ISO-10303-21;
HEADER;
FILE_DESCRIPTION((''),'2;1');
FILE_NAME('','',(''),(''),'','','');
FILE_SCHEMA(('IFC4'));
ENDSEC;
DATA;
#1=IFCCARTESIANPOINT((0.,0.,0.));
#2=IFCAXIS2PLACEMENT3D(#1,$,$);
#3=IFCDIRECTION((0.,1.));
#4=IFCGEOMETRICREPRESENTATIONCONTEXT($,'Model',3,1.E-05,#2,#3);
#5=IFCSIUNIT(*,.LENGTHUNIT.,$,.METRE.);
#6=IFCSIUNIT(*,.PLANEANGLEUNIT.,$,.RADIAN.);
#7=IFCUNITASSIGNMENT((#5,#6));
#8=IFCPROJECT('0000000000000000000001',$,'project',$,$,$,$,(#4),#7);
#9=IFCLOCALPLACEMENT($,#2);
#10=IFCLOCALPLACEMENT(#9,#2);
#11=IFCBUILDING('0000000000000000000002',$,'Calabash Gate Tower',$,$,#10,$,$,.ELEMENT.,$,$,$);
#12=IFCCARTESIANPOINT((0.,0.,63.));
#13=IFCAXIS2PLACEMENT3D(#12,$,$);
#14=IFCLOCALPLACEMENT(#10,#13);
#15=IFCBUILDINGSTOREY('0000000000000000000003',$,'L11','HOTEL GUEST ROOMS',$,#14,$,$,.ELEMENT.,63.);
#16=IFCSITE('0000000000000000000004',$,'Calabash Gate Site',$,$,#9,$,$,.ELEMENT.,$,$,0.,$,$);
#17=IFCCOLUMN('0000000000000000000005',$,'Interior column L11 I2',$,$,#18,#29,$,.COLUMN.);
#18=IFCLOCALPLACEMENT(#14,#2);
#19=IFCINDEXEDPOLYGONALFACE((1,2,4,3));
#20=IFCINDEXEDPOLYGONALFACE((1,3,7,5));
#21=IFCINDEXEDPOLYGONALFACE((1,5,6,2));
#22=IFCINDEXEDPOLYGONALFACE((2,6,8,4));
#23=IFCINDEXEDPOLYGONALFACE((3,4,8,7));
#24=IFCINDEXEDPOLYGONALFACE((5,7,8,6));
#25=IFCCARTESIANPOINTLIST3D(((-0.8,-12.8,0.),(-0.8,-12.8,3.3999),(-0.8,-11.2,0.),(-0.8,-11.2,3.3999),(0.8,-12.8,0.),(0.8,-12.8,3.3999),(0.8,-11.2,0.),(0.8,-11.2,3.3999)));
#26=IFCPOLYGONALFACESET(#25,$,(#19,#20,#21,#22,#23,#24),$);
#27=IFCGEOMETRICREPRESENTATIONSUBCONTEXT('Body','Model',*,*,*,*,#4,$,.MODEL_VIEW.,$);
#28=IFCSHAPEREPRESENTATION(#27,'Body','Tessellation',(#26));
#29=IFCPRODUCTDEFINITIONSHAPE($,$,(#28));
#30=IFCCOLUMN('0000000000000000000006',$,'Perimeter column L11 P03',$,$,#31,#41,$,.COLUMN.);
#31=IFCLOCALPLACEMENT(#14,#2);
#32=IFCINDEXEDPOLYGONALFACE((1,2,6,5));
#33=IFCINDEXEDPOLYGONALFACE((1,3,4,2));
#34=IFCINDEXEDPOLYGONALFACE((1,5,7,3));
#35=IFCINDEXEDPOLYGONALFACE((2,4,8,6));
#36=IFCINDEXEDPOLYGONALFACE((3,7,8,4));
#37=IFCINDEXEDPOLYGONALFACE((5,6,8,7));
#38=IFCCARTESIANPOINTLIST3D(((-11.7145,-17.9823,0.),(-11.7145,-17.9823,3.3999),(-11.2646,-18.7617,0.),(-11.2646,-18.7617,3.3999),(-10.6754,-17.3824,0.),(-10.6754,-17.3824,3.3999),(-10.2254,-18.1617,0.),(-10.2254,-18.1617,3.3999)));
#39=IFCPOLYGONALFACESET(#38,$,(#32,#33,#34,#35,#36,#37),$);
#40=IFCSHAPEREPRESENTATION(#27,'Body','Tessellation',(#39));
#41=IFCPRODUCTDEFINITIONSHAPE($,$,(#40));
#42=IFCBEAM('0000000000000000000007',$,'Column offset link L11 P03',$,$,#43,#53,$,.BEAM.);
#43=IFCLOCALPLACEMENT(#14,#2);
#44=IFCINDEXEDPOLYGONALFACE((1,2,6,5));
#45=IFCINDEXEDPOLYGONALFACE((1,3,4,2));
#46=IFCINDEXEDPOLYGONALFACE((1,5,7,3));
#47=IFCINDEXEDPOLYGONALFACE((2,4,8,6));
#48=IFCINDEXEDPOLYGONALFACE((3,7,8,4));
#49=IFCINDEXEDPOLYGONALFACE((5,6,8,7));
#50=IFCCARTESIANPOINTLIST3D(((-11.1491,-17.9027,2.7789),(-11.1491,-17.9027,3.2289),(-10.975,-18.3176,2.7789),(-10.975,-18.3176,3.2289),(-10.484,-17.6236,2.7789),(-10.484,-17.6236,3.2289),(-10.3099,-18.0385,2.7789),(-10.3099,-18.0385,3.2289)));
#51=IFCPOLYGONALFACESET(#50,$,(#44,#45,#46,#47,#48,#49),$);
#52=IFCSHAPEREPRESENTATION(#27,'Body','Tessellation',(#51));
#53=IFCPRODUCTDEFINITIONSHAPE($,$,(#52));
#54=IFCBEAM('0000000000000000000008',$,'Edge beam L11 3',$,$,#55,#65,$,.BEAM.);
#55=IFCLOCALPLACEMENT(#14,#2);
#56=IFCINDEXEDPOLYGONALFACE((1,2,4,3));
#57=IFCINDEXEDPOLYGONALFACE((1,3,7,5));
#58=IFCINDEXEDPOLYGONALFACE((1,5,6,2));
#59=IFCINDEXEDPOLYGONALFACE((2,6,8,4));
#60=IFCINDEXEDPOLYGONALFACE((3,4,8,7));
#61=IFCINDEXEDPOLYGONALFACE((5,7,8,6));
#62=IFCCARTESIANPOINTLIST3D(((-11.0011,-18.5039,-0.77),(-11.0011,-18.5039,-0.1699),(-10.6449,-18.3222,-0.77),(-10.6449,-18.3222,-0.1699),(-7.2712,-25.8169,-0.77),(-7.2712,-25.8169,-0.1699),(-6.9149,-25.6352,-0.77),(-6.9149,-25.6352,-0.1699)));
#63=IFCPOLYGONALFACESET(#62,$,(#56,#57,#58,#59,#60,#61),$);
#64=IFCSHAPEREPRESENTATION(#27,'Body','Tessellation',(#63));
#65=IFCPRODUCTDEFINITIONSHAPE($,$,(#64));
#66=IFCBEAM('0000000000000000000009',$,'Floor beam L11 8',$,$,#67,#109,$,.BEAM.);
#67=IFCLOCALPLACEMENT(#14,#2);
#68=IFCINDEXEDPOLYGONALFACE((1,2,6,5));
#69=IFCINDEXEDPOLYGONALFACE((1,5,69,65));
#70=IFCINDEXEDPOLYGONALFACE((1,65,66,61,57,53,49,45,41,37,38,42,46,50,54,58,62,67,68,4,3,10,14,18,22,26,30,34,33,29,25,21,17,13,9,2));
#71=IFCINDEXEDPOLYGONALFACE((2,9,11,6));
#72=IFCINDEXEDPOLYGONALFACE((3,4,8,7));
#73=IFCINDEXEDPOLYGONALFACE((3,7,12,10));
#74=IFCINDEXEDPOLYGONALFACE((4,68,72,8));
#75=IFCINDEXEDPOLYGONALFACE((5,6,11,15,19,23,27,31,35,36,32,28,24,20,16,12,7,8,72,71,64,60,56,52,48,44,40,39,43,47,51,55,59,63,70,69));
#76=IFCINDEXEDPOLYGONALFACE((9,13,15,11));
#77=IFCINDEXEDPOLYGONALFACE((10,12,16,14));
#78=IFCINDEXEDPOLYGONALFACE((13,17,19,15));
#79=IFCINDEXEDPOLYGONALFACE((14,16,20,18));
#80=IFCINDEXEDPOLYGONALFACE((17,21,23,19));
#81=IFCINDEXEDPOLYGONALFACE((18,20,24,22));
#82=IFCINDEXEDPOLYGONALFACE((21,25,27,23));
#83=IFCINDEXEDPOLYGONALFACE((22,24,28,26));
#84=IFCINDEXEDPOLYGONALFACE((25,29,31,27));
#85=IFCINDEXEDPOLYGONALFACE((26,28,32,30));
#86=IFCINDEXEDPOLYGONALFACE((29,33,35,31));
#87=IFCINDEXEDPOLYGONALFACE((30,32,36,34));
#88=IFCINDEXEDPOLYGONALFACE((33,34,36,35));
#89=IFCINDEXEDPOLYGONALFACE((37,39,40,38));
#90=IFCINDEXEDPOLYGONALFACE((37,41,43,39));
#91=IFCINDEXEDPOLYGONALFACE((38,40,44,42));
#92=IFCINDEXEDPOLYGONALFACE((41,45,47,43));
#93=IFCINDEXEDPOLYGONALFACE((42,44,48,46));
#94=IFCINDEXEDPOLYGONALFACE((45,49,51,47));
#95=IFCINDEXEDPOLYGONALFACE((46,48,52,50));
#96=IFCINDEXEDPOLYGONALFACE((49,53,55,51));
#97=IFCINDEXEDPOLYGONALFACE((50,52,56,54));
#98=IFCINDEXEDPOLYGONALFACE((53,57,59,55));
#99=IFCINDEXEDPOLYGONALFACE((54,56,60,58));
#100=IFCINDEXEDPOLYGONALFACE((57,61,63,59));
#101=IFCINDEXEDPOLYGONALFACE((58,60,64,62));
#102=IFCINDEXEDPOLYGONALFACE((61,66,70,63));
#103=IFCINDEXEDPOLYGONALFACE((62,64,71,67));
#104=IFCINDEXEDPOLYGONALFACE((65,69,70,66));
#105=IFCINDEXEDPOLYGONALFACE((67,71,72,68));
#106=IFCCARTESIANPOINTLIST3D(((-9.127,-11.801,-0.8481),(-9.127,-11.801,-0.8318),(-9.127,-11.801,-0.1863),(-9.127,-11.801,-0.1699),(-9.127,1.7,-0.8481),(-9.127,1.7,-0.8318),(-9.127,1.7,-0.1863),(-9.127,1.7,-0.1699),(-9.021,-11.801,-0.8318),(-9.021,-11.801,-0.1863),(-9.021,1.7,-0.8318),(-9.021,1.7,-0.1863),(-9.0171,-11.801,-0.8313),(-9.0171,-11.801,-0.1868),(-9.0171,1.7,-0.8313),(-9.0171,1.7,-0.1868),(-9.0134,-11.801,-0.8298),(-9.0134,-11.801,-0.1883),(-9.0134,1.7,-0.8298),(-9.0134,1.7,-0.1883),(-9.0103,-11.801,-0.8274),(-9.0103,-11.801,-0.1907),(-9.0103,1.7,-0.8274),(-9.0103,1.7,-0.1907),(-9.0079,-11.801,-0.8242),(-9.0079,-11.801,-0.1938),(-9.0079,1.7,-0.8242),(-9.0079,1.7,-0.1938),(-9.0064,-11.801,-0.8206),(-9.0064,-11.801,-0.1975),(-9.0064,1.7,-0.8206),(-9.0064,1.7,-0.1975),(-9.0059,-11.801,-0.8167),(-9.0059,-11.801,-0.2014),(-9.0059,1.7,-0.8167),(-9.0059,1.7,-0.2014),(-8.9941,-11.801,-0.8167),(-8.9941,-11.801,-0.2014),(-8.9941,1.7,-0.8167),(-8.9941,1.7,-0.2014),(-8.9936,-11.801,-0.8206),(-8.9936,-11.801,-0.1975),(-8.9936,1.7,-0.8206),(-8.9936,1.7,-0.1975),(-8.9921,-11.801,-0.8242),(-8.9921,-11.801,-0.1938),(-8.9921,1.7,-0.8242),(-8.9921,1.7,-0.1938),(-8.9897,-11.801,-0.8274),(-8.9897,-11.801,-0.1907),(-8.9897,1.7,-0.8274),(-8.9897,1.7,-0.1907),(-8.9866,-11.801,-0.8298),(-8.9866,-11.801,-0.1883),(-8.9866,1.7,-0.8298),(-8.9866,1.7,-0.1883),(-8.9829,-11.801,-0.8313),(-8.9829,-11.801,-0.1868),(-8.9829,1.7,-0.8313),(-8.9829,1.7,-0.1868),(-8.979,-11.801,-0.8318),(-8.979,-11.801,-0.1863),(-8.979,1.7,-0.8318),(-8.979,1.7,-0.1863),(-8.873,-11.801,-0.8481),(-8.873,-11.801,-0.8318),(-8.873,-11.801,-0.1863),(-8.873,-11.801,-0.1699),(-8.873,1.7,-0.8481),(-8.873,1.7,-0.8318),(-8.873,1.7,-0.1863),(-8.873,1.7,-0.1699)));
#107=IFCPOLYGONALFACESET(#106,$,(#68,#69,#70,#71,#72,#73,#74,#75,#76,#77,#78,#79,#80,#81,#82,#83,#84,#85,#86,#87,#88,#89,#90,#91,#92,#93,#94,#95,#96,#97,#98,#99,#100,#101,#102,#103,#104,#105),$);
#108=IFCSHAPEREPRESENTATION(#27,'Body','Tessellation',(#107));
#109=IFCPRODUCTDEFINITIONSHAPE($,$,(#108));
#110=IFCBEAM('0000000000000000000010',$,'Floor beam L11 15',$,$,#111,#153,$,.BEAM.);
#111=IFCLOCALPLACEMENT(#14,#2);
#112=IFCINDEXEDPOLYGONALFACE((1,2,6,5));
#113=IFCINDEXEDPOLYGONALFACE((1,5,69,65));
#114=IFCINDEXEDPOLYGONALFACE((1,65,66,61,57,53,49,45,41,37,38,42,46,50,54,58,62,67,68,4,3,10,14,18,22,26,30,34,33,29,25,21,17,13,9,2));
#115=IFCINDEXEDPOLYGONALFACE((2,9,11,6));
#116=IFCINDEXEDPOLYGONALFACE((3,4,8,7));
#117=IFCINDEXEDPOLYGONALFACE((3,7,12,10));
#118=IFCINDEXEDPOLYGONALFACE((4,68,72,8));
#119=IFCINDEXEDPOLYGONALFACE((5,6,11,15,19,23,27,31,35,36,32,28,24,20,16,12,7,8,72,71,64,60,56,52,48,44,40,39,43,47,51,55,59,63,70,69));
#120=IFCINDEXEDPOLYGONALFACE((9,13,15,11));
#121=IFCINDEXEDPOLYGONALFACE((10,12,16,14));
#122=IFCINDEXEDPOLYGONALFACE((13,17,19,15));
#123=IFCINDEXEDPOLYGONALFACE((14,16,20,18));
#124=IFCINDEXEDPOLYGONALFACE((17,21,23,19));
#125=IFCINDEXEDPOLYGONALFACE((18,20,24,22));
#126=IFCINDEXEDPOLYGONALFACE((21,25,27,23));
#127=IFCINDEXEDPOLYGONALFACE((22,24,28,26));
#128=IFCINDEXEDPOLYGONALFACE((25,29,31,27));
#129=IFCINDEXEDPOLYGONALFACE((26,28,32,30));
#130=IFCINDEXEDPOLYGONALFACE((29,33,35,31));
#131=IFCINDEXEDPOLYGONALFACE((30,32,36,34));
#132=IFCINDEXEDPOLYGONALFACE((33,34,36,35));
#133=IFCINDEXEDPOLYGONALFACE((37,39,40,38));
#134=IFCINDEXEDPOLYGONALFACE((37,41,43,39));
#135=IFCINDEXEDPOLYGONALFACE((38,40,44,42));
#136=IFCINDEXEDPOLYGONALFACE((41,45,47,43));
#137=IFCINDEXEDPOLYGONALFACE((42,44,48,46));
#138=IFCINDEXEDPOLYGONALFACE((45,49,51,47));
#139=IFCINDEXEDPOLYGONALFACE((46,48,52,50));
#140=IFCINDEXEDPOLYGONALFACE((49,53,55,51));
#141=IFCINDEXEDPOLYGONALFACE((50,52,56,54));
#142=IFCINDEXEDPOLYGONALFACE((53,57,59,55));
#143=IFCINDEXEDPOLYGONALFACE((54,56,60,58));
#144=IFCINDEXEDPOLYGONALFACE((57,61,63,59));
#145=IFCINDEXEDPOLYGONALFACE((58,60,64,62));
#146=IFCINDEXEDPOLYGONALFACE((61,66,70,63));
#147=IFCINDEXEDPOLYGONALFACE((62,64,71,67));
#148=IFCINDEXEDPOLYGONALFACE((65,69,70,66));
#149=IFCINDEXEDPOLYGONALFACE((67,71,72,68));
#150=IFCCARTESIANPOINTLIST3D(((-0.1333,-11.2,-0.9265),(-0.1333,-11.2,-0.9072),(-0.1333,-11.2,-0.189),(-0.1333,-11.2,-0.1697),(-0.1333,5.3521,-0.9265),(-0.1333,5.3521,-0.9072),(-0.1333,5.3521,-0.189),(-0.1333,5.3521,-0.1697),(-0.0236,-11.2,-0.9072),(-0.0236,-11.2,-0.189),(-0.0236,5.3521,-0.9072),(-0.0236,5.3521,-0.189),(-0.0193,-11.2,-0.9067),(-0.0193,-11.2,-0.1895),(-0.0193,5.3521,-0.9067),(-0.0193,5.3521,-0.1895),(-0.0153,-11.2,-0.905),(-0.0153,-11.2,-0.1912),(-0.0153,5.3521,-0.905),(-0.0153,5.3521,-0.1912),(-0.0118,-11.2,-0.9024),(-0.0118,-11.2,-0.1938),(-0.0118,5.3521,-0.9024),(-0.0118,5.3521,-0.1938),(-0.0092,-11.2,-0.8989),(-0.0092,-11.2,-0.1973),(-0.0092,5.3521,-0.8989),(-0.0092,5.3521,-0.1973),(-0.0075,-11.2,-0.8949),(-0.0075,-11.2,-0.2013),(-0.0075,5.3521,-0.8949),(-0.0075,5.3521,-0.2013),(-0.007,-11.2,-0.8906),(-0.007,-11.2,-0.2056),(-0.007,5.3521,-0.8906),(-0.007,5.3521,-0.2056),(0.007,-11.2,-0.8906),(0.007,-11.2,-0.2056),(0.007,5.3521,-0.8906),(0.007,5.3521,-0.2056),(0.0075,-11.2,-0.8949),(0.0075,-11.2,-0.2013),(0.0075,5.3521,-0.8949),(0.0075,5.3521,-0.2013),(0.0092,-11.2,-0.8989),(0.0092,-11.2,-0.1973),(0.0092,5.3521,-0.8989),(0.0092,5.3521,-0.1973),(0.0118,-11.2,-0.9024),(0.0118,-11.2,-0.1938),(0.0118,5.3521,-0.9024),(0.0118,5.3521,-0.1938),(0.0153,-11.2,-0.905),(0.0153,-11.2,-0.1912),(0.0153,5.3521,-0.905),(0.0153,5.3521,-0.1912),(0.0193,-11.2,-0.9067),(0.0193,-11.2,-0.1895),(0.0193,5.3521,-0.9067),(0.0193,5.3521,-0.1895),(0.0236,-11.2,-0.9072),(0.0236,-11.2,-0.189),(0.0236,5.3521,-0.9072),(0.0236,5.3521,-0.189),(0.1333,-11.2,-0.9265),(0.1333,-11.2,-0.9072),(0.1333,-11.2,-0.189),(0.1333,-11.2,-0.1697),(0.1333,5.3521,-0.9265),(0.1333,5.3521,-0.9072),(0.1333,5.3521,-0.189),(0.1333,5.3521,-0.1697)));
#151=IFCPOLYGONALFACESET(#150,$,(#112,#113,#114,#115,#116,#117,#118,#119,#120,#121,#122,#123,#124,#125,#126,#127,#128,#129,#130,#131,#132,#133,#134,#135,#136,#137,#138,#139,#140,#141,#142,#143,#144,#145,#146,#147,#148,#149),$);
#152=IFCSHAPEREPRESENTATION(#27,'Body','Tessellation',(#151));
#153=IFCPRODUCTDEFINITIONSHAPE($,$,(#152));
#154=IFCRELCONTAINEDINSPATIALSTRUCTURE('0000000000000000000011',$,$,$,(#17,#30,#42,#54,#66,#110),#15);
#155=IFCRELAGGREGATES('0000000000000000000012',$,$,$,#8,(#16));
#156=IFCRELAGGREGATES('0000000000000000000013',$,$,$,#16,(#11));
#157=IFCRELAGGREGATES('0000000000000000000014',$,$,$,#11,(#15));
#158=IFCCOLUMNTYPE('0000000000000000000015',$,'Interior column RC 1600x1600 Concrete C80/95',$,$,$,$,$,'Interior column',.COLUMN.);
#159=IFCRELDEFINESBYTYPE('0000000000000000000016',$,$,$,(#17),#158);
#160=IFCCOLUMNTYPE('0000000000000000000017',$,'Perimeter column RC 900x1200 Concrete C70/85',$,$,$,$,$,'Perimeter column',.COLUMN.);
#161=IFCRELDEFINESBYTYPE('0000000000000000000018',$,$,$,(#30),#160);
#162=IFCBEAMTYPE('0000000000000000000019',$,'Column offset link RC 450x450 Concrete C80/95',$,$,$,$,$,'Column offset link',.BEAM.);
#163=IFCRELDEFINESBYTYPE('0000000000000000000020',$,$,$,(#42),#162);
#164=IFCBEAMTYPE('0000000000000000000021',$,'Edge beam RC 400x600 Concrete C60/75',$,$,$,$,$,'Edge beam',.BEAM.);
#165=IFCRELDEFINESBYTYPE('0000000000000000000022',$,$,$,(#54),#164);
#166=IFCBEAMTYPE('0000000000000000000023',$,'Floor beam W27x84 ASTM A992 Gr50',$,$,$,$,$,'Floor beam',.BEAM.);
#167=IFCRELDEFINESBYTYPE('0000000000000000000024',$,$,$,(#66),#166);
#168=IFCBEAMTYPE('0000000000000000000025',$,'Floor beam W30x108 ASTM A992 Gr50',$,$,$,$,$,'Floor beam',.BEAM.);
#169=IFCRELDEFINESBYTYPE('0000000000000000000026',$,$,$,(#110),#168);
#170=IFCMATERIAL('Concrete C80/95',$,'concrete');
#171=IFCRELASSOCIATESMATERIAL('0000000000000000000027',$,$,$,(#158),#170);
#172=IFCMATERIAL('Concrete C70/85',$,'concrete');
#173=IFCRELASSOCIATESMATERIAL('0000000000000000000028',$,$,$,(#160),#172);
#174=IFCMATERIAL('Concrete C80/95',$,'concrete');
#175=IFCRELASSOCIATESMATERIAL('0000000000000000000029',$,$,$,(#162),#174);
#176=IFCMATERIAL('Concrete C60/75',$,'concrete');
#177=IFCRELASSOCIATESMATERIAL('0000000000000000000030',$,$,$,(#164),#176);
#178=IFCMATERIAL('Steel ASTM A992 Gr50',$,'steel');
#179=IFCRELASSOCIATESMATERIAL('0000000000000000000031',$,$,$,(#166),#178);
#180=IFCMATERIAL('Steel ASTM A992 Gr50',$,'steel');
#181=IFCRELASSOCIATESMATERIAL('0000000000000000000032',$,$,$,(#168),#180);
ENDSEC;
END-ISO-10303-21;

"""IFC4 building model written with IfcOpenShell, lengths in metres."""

from ifc_helpers import new_model, si_unit, direction, frame, origin, origin_2d, place, context, subcontext, project, spatial, rectangle, i_section, extrude, material, material_profile, profile_set, type_object, element, save


model = new_model("IFC4")

# Units and contexts
model_context = context("Model", 3, precision=1e-05, world=origin(), true_north=direction((0.0, 1.0)))
body_context = subcontext(model_context, "Body", "Model", "MODEL_VIEW")
ifc_project = project(units=[si_unit("LENGTHUNIT", "METRE"), si_unit("PLANEANGLEUNIT", "RADIAN")], contexts=[model_context])

# Site, building, storey
site_placement = place(None, origin())
site = spatial("IfcSite", under=ifc_project, at=site_placement, Name="Calabash Gate Site", CompositionType="ELEMENT", RefElevation=0.0)
building_placement = place(site_placement, origin())
building = spatial("IfcBuilding", under=site, at=building_placement, Name="Calabash Gate Tower", CompositionType="ELEMENT")
storey_placement = place(building_placement, frame((0.0, 0.0, 63.0)))
storey = spatial("IfcBuildingStorey", under=building, at=storey_placement, Name="L11", Description="HOTEL GUEST ROOMS", CompositionType="ELEMENT", Elevation=63.0)

# Columns
ifc_material_1 = material(Name="Concrete C80/95", Category="concrete")
ifc_material_profile_1 = material_profile(ifc_material_1, rectangle(XDim=1.6001, YDim=1.6001, at=origin_2d()))
ifc_profile_set_1 = profile_set([ifc_material_profile_1], Name="Concrete C80/95")
column_type_1 = type_object("IfcColumnType", Name="Interior column RC 1600x1600 Concrete C80/95", ElementType="Interior column", PredefinedType="COLUMN", material=ifc_profile_set_1)
column_1_placement = place(storey_placement, frame((0.0, -12.0, 0.0), z_axis=(0.0, 0.0, 1.0), x_axis=(1.0, 0.0, 0.0)))
element("IfcColumn", 1, at=column_1_placement, inside=storey, type_object=column_type_1, Name="Interior column L11 I2", PredefinedType="COLUMN", context=body_context, shape_type="SweptSolid", body=[
    extrude(rectangle(XDim=1.6001, YDim=1.6001, at=origin_2d()), origin(), (0.0, 0.0, 1.0), 3.3999),
])
ifc_material_2 = material(Name="Concrete C70/85", Category="concrete")
ifc_material_profile_2 = material_profile(ifc_material_2, rectangle(XDim=0.8999, YDim=1.2, at=origin_2d()))
ifc_profile_set_2 = profile_set([ifc_material_profile_2], Name="Concrete C70/85")
column_type_2 = type_object("IfcColumnType", Name="Perimeter column RC 900x1200 Concrete C70/85", ElementType="Perimeter column", PredefinedType="COLUMN", material=ifc_profile_set_2)
column_2_placement = place(storey_placement, frame((-10.97, -18.072, 0.0), z_axis=(0.0, 0.0, 1.0), x_axis=(0.5, -0.866025, 0.0)))
element("IfcColumn", 2, at=column_2_placement, inside=storey, type_object=column_type_2, Name="Perimeter column L11 P03", PredefinedType="COLUMN", context=body_context, shape_type="SweptSolid", body=[
    extrude(rectangle(XDim=0.8999, YDim=1.2, at=origin_2d()), origin(), (0.0, 0.0, 1.0), 3.3999),
])

# Beams
ifc_material_3 = material(Name="Concrete C80/95", Category="concrete")
ifc_material_profile_3 = material_profile(ifc_material_3, rectangle(XDim=0.45, YDim=0.45, at=origin_2d()))
ifc_profile_set_3 = profile_set([ifc_material_profile_3], Name="Concrete C80/95")
beam_type_1 = type_object("IfcBeamType", Name="Column offset link RC 450x450 Concrete C80/95", ElementType="Column offset link", PredefinedType="BEAM", material=ifc_profile_set_3)
beam_1_placement = place(storey_placement, frame((-11.062, -18.1101, 3.0039), z_axis=(0.922113, 0.386922, 0.0), x_axis=(-0.386922, 0.922113, 0.0)))
element("IfcBeam", 3, at=beam_1_placement, inside=storey, type_object=beam_type_1, Name="Column offset link L11 P03", PredefinedType="BEAM", context=body_context, shape_type="SweptSolid", body=[
    extrude(rectangle(XDim=0.45, YDim=0.45, at=origin_2d()), origin(), (0.0, 0.0, 1.0), 0.7212),
])
ifc_material_4 = material(Name="Concrete C60/75", Category="concrete")
ifc_material_profile_4 = material_profile(ifc_material_4, rectangle(XDim=0.3999, YDim=0.6001, at=origin_2d()))
ifc_profile_set_4 = profile_set([ifc_material_profile_4], Name="Concrete C60/75")
beam_type_2 = type_object("IfcBeamType", Name="Edge beam RC 400x600 Concrete C60/75", ElementType="Edge beam", PredefinedType="BEAM", material=ifc_profile_set_4)
beam_2_placement = place(storey_placement, frame((-10.823, -18.4131, -0.47), z_axis=(0.454361, -0.890818, 0.0), x_axis=(0.890818, 0.454361, 0.0)))
element("IfcBeam", 4, at=beam_2_placement, inside=storey, type_object=beam_type_2, Name="Edge beam L11 3", PredefinedType="BEAM", context=body_context, shape_type="SweptSolid", body=[
    extrude(rectangle(XDim=0.3999, YDim=0.6001, at=origin_2d()), origin(), (0.0, 0.0, 1.0), 8.2092),
])
ifc_material_5 = material(Name="Steel ASTM A992 Gr50", Category="steel")
ifc_material_profile_5 = material_profile(ifc_material_5, i_section(OverallWidth=0.2539, OverallDepth=0.6782, WebThickness=0.0117, FlangeThickness=0.0164, FilletRadius=0.0151, at=origin_2d()))
ifc_profile_set_5 = profile_set([ifc_material_profile_5], Name="Steel ASTM A992 Gr50")
beam_type_3 = type_object("IfcBeamType", Name="Floor beam W27x84 ASTM A992 Gr50", ElementType="Floor beam", PredefinedType="BEAM", material=ifc_profile_set_5)
beam_3_placement = place(storey_placement, frame((-9.0, -11.801, -0.509), z_axis=(0.0, 1.0, 0.0), x_axis=(-1.0, 0.0, 0.0)))
element("IfcBeam", 5, at=beam_3_placement, inside=storey, type_object=beam_type_3, Name="Floor beam L11 8", PredefinedType="BEAM", context=body_context, shape_type="SweptSolid", body=[
    extrude(i_section(OverallWidth=0.2539, OverallDepth=0.6782, WebThickness=0.0117, FlangeThickness=0.0164, FilletRadius=0.0151, at=origin_2d()), origin(), (0.0, 0.0, 1.0), 13.501),
])
ifc_material_6 = material(Name="Steel ASTM A992 Gr50", Category="steel")
ifc_material_profile_6 = material_profile(ifc_material_6, i_section(OverallWidth=0.2666, OverallDepth=0.7568, WebThickness=0.0139, FlangeThickness=0.0193, FilletRadius=0.0166, at=origin_2d()))
ifc_profile_set_6 = profile_set([ifc_material_profile_6], Name="Steel ASTM A992 Gr50")
beam_type_4 = type_object("IfcBeamType", Name="Floor beam W30x108 ASTM A992 Gr50", ElementType="Floor beam", PredefinedType="BEAM", material=ifc_profile_set_6)
beam_4_placement = place(storey_placement, frame((0.0, -11.2, -0.5481), z_axis=(0.0, 1.0, 0.0), x_axis=(-1.0, 0.0, 0.0)))
element("IfcBeam", 6, at=beam_4_placement, inside=storey, type_object=beam_type_4, Name="Floor beam L11 15", PredefinedType="BEAM", context=body_context, shape_type="SweptSolid", body=[
    extrude(i_section(OverallWidth=0.2666, OverallDepth=0.7568, WebThickness=0.0139, FlangeThickness=0.0193, FilletRadius=0.0166, at=origin_2d()), origin(), (0.0, 0.0, 1.0), 16.552),
])

save(model, "model.ifc")
